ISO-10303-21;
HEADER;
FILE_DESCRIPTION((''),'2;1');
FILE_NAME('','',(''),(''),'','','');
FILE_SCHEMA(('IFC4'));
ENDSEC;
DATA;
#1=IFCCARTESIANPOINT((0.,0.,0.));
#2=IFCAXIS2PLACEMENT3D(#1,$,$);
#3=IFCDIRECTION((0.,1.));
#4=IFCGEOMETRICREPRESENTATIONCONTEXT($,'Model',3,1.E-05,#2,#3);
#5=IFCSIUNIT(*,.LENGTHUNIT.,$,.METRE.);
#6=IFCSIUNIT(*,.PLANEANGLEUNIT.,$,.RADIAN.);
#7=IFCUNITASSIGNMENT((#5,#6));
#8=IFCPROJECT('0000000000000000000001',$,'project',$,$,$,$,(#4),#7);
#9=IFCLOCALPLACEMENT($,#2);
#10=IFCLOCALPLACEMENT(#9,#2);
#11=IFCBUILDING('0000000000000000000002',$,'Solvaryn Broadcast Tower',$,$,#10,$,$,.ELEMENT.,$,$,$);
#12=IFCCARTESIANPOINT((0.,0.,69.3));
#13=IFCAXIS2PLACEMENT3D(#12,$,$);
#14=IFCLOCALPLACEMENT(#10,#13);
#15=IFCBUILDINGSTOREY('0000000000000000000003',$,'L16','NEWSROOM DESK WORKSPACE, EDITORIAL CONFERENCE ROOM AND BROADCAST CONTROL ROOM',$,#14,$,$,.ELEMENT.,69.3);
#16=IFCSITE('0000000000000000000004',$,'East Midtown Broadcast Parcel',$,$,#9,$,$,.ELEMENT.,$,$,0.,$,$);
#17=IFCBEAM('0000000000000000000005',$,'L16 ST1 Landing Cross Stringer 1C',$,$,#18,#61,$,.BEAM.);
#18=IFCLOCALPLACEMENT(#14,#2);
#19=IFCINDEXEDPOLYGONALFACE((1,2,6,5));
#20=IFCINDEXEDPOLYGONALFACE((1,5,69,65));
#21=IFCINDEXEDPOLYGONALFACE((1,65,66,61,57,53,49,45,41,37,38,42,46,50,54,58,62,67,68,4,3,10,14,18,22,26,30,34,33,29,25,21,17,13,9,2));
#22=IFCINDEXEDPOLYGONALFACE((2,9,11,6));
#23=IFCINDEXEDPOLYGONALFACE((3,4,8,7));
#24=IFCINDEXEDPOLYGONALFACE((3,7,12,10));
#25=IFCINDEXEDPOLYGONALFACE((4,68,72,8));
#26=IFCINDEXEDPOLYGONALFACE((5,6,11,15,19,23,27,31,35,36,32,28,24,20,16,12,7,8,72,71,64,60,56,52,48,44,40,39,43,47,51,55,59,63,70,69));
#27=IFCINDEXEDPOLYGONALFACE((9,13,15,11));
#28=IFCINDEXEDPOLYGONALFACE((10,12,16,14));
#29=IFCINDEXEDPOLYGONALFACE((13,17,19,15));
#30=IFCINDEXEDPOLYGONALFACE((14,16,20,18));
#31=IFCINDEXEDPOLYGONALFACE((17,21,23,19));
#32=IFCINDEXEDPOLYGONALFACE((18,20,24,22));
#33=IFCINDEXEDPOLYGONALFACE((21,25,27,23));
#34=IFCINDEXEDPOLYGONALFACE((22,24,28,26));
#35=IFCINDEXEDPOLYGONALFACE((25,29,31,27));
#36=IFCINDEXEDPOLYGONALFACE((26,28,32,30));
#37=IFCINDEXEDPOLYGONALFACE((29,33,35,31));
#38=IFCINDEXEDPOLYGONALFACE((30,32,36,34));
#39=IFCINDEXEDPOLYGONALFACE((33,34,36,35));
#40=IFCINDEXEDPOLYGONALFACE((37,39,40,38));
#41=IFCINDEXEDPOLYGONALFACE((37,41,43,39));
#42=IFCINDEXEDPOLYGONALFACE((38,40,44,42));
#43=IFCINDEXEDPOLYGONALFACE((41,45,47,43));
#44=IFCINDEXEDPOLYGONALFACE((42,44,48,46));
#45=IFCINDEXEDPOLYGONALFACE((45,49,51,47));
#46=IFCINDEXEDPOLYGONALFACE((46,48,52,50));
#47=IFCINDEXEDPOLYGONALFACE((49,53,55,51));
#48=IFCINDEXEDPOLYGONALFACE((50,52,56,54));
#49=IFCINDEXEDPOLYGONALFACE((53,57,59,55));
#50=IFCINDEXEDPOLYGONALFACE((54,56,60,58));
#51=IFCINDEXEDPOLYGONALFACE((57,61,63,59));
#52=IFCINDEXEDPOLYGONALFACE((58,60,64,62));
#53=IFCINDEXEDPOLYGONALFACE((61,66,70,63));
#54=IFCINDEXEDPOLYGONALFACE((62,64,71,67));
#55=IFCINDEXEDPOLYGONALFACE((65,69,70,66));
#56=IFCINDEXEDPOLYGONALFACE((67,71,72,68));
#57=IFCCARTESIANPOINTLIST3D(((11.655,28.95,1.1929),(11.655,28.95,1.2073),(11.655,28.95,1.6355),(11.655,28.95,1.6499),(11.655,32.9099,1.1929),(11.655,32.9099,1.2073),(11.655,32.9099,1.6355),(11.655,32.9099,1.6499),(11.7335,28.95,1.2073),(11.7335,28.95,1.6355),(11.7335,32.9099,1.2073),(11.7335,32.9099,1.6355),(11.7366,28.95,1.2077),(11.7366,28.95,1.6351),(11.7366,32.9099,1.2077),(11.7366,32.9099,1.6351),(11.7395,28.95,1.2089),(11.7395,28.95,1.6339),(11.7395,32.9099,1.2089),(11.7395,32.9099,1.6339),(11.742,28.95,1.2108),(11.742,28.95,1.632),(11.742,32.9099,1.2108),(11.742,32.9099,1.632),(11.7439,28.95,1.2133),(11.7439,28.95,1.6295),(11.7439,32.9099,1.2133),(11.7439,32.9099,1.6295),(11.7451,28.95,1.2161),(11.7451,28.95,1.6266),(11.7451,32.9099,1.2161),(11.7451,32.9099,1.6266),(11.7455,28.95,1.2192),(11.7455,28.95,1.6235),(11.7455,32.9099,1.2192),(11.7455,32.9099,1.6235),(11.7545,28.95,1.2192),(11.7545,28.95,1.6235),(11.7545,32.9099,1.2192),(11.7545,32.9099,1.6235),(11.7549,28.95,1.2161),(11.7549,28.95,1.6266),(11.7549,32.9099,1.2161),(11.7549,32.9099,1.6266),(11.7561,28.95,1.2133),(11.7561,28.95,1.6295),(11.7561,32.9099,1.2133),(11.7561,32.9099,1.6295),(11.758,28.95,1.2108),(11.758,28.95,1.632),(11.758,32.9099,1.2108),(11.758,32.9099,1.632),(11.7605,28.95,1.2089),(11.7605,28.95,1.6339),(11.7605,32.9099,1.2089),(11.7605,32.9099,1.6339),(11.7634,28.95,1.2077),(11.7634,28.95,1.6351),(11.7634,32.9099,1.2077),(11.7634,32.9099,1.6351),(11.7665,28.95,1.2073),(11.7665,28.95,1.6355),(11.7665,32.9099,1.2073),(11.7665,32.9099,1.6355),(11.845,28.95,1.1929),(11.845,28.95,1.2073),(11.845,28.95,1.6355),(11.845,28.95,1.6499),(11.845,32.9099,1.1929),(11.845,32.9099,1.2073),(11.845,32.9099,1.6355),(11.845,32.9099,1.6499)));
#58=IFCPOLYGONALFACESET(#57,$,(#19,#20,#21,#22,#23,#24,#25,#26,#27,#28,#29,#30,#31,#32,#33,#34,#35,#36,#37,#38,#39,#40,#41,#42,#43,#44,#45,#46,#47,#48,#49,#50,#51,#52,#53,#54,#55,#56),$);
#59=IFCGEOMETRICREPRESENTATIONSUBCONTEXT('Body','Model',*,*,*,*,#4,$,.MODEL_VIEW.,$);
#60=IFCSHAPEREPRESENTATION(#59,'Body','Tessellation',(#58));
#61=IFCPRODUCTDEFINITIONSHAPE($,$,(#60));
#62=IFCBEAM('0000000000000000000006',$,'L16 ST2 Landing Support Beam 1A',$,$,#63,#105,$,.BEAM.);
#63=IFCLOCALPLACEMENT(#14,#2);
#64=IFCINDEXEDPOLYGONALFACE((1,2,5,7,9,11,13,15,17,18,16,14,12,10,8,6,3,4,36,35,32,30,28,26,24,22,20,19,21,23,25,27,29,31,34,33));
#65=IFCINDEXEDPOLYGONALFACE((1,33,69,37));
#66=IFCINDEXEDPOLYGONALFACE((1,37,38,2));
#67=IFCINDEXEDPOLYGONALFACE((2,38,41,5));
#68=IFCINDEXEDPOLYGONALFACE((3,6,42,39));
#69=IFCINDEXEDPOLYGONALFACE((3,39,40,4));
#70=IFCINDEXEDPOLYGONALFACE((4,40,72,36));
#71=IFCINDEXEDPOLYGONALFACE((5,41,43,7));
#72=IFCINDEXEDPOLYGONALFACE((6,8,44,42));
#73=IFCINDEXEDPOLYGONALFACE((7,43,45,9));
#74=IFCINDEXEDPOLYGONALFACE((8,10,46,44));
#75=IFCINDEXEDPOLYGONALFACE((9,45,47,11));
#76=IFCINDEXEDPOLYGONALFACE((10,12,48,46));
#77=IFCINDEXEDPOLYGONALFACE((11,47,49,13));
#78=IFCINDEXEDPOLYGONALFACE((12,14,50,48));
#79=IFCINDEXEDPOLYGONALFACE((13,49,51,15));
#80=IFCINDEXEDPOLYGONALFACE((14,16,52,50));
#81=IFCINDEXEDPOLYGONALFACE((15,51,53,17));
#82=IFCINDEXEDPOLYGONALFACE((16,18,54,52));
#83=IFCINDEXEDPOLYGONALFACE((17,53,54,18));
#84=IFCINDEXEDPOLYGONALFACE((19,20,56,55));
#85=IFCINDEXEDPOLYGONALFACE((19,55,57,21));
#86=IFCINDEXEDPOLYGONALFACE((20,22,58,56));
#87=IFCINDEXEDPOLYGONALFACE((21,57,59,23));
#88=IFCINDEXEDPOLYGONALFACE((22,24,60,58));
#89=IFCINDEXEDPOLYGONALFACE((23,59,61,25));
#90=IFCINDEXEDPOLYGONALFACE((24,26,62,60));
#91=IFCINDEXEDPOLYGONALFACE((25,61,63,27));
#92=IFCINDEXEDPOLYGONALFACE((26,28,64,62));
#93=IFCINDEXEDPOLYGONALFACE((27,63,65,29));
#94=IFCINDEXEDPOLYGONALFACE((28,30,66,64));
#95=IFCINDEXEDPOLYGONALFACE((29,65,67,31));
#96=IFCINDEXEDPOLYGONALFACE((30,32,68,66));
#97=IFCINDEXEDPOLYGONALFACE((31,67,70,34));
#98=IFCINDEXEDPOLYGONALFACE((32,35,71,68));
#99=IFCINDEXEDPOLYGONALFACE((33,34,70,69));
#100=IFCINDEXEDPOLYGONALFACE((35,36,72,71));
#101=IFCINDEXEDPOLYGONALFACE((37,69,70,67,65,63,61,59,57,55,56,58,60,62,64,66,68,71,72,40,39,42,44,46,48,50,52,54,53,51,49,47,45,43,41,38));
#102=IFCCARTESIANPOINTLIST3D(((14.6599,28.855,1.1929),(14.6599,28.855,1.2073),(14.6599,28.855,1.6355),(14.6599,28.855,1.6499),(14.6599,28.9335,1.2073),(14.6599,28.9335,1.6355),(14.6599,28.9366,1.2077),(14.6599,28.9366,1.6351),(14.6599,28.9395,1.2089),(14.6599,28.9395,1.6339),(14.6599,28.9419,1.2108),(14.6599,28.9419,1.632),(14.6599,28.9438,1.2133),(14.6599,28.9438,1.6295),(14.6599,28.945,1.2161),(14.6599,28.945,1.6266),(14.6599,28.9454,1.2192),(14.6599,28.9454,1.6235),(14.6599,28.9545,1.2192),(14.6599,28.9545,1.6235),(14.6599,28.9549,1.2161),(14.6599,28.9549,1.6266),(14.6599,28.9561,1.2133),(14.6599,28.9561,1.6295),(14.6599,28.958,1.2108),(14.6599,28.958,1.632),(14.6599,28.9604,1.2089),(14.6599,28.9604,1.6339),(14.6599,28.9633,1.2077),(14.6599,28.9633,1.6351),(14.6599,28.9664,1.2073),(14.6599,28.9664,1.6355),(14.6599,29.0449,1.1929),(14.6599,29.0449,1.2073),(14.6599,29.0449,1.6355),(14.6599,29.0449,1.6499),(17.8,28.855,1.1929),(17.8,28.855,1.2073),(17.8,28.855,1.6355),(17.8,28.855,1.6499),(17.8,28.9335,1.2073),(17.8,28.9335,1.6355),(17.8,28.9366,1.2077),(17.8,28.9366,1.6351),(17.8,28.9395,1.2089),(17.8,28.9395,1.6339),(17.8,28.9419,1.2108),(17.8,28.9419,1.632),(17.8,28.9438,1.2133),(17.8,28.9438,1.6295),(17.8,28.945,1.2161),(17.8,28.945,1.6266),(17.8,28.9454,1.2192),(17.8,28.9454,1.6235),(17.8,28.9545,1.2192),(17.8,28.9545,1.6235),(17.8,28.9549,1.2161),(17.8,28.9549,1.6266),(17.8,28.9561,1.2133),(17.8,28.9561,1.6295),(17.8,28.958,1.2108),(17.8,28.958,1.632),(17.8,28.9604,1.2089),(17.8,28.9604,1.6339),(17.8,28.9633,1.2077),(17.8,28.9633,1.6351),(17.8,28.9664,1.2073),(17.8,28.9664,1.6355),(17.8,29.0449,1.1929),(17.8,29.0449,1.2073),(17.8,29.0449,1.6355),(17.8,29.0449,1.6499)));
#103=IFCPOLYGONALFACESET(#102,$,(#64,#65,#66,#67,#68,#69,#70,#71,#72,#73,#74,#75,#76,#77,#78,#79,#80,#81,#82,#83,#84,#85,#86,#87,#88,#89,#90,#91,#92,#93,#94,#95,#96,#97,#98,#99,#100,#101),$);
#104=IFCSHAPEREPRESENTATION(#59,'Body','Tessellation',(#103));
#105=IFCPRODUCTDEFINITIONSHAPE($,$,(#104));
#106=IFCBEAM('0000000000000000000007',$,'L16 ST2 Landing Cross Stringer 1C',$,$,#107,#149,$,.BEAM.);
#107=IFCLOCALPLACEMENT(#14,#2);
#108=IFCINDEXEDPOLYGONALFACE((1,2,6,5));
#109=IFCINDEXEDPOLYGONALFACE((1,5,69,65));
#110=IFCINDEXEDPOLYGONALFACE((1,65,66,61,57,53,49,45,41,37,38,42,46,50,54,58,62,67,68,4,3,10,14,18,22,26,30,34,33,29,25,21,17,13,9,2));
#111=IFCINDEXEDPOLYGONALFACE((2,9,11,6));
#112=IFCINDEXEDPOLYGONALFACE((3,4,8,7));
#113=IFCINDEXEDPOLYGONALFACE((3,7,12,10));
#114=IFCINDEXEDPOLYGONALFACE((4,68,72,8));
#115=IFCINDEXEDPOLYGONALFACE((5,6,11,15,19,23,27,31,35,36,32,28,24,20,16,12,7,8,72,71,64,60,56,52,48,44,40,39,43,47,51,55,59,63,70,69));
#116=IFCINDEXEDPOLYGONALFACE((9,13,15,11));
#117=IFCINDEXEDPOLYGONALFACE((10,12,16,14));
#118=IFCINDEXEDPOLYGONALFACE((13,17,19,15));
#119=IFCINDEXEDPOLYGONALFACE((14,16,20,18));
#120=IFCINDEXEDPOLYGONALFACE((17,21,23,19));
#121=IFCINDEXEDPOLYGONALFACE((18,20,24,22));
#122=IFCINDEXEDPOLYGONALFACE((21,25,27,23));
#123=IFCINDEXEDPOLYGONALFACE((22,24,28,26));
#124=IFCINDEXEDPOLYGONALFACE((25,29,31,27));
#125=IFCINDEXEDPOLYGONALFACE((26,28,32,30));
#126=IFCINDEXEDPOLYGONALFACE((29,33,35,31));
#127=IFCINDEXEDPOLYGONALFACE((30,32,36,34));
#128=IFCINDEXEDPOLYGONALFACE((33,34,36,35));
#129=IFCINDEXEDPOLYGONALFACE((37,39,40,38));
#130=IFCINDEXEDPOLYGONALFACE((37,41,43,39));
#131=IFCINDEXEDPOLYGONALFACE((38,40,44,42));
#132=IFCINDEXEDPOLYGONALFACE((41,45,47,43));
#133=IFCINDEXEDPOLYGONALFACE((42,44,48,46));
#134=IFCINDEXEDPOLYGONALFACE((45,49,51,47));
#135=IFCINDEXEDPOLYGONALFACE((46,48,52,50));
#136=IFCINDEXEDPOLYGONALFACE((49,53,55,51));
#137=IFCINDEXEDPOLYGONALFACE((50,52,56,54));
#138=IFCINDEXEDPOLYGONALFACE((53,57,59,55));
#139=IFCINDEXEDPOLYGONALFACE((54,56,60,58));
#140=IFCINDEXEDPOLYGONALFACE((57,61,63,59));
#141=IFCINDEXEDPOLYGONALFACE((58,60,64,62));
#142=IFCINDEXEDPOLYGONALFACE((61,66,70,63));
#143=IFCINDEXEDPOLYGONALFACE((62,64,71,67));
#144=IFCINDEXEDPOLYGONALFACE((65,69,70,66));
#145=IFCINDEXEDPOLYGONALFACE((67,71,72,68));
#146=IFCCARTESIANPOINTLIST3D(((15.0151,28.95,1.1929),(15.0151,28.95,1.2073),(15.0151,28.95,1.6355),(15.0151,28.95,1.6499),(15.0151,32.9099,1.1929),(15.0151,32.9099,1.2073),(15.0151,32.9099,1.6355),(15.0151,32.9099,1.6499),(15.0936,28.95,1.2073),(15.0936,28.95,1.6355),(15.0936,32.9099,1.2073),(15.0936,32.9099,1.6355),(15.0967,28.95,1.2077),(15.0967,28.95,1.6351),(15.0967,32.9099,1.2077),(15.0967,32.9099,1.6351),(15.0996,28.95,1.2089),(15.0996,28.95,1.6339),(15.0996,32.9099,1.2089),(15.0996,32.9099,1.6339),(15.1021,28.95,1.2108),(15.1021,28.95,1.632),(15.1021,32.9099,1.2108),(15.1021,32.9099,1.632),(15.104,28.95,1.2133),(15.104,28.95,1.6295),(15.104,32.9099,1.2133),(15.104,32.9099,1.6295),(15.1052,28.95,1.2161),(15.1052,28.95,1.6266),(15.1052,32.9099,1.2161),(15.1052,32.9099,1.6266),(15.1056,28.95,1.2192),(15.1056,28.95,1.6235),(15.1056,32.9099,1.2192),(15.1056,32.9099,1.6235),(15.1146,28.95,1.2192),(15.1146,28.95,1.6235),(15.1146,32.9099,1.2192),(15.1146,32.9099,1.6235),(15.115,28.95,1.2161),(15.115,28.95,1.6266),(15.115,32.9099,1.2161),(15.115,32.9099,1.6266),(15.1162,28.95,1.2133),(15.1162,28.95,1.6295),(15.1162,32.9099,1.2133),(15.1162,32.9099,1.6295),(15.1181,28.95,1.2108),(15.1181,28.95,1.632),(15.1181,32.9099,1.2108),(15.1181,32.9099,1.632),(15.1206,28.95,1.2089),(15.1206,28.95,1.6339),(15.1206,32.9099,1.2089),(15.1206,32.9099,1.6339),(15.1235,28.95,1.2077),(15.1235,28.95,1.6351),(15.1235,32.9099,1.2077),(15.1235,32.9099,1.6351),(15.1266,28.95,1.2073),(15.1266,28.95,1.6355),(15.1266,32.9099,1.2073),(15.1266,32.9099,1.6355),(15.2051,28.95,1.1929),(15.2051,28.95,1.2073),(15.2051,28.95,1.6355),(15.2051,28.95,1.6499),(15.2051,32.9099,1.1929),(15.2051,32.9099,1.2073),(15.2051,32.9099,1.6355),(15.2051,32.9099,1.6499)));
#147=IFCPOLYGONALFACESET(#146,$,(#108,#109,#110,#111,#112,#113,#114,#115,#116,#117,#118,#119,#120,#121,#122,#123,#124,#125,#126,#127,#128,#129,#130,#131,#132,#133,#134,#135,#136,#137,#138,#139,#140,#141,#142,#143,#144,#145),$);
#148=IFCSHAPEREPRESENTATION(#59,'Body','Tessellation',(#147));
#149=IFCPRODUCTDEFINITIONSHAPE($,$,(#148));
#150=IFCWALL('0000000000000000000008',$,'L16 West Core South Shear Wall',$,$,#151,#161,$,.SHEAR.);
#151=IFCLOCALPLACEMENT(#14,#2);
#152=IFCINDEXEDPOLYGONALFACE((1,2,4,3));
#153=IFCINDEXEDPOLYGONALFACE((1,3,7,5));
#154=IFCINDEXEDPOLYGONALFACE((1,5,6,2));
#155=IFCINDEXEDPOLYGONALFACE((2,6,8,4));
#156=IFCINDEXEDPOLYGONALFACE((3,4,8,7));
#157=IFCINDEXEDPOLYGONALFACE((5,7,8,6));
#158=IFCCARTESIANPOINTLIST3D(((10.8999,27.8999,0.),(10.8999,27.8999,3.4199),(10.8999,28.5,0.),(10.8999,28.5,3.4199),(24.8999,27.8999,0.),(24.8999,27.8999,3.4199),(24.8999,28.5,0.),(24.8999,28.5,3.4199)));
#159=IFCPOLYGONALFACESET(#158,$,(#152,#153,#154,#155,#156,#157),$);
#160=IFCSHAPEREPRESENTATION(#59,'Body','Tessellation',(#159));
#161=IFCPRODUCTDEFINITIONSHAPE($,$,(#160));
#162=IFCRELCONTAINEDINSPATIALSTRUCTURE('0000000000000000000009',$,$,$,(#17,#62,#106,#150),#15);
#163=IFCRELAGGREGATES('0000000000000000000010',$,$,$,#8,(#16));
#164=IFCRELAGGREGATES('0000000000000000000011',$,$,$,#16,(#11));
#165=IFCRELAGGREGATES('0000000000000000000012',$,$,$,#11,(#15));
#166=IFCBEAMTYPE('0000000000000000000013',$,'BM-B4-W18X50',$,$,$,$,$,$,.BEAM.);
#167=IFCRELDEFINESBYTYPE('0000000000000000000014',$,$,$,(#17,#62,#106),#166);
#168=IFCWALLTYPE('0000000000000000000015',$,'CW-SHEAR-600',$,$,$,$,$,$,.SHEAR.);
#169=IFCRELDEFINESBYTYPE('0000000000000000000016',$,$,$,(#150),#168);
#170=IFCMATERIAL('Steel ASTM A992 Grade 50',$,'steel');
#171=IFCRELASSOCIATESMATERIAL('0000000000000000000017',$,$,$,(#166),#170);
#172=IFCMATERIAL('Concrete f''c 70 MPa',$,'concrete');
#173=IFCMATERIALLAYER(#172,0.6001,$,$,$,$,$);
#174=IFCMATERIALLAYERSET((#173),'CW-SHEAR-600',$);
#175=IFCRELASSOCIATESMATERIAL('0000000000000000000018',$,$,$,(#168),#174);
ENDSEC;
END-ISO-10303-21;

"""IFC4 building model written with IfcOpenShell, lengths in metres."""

from ifc_helpers import new_model, si_unit, direction, frame, frame_2d, origin, origin_2d, place, context, subcontext, project, spatial, rectangle, i_section, extrude, material, layer, layer_set, material_profile, profile_set, type_object, element, save


model = new_model("IFC4")

# Units and contexts
model_context = context("Model", 3, precision=1e-05, world=origin(), true_north=direction((0.0, 1.0)))
body_context = subcontext(model_context, "Body", "Model", "MODEL_VIEW")
ifc_project = project(units=[si_unit("LENGTHUNIT", "METRE"), si_unit("PLANEANGLEUNIT", "RADIAN")], contexts=[model_context])

# Site, building, storey
site_placement = place(None, origin())
site = spatial("IfcSite", under=ifc_project, at=site_placement, Name="East Midtown Broadcast Parcel", CompositionType="ELEMENT", RefElevation=0.0)
building_placement = place(site_placement, origin())
building = spatial("IfcBuilding", under=site, at=building_placement, Name="Solvaryn Broadcast Tower", CompositionType="ELEMENT")
storey_placement = place(building_placement, frame((0.0, 0.0, 69.3)))
storey = spatial("IfcBuildingStorey", under=building, at=storey_placement, Name="L16", Description="NEWSROOM DESK WORKSPACE, EDITORIAL CONFERENCE ROOM AND BROADCAST CONTROL ROOM", CompositionType="ELEMENT", Elevation=69.3)

# Beams
ifc_material_1 = material(Name="Steel ASTM A992 Grade 50", Category="steel")
ifc_material_profile_1 = material_profile(ifc_material_1, i_section(OverallWidth=0.1899, OverallDepth=0.457, WebThickness=0.009, FlangeThickness=0.0144, FilletRadius=0.012, at=origin_2d()))
ifc_profile_set_1 = profile_set([ifc_material_profile_1], Name="Steel ASTM A992 Grade 50")
beam_type_1 = type_object("IfcBeamType", Name="BM-B4-W18X50", PredefinedType="BEAM", material=ifc_profile_set_1)
beam_1_placement = place(storey_placement, frame((11.75, 28.95, 1.4214), z_axis=(0.0, 1.0, 0.0), x_axis=(-1.0, 0.0, 0.0)))
element("IfcBeam", 1, at=beam_1_placement, inside=storey, type_object=beam_type_1, Name="L16 ST1 Landing Cross Stringer 1C", PredefinedType="BEAM", context=body_context, shape_type="SweptSolid", body=[
    extrude(i_section(OverallWidth=0.1899, OverallDepth=0.457, WebThickness=0.009, FlangeThickness=0.0144, FilletRadius=0.012, at=origin_2d()), origin(), (0.0, 0.0, 1.0), 3.96),
])
beam_2_placement = place(storey_placement, frame((14.6599, 28.95, 1.4214), z_axis=(1.0, 0.0, 0.0), x_axis=(0.0, 1.0, 0.0)))
element("IfcBeam", 2, at=beam_2_placement, inside=storey, type_object=beam_type_1, Name="L16 ST2 Landing Support Beam 1A", PredefinedType="BEAM", context=body_context, shape_type="SweptSolid", body=[
    extrude(i_section(OverallWidth=0.1899, OverallDepth=0.457, WebThickness=0.009, FlangeThickness=0.0144, FilletRadius=0.012, at=origin_2d()), origin(), (0.0, 0.0, 1.0), 3.1401),
])
beam_3_placement = place(storey_placement, frame((15.1101, 28.95, 1.4214), z_axis=(0.0, 1.0, 0.0), x_axis=(-1.0, 0.0, 0.0)))
element("IfcBeam", 3, at=beam_3_placement, inside=storey, type_object=beam_type_1, Name="L16 ST2 Landing Cross Stringer 1C", PredefinedType="BEAM", context=body_context, shape_type="SweptSolid", body=[
    extrude(i_section(OverallWidth=0.1899, OverallDepth=0.457, WebThickness=0.009, FlangeThickness=0.0144, FilletRadius=0.012, at=origin_2d()), origin(), (0.0, 0.0, 1.0), 3.96),
])

# Wall
ifc_material_2 = material(Name="Concrete f'c 70 MPa", Category="concrete")
ifc_layer_1 = layer(ifc_material_2, 0.6001)
ifc_layer_set_1 = layer_set([ifc_layer_1], Name="CW-SHEAR-600")
wall_type_1 = type_object("IfcWallType", Name="CW-SHEAR-600", PredefinedType="SHEAR", material=ifc_layer_set_1)
wall_1_placement = place(storey_placement, frame((10.8999, 28.2, 0.0), z_axis=(0.0, 0.0, 1.0), x_axis=(1.0, 0.0, 0.0)))
element("IfcWall", 4, at=wall_1_placement, inside=storey, type_object=wall_type_1, Name="L16 West Core South Shear Wall", PredefinedType="SHEAR", context=body_context, shape_type="SweptSolid", body=[
    extrude(rectangle(XDim=14.0, YDim=0.6001, at=frame_2d((7.0, 0.0))), origin(), (0.0, 0.0, 1.0), 3.4199),
])

save(model, "model.ifc")
